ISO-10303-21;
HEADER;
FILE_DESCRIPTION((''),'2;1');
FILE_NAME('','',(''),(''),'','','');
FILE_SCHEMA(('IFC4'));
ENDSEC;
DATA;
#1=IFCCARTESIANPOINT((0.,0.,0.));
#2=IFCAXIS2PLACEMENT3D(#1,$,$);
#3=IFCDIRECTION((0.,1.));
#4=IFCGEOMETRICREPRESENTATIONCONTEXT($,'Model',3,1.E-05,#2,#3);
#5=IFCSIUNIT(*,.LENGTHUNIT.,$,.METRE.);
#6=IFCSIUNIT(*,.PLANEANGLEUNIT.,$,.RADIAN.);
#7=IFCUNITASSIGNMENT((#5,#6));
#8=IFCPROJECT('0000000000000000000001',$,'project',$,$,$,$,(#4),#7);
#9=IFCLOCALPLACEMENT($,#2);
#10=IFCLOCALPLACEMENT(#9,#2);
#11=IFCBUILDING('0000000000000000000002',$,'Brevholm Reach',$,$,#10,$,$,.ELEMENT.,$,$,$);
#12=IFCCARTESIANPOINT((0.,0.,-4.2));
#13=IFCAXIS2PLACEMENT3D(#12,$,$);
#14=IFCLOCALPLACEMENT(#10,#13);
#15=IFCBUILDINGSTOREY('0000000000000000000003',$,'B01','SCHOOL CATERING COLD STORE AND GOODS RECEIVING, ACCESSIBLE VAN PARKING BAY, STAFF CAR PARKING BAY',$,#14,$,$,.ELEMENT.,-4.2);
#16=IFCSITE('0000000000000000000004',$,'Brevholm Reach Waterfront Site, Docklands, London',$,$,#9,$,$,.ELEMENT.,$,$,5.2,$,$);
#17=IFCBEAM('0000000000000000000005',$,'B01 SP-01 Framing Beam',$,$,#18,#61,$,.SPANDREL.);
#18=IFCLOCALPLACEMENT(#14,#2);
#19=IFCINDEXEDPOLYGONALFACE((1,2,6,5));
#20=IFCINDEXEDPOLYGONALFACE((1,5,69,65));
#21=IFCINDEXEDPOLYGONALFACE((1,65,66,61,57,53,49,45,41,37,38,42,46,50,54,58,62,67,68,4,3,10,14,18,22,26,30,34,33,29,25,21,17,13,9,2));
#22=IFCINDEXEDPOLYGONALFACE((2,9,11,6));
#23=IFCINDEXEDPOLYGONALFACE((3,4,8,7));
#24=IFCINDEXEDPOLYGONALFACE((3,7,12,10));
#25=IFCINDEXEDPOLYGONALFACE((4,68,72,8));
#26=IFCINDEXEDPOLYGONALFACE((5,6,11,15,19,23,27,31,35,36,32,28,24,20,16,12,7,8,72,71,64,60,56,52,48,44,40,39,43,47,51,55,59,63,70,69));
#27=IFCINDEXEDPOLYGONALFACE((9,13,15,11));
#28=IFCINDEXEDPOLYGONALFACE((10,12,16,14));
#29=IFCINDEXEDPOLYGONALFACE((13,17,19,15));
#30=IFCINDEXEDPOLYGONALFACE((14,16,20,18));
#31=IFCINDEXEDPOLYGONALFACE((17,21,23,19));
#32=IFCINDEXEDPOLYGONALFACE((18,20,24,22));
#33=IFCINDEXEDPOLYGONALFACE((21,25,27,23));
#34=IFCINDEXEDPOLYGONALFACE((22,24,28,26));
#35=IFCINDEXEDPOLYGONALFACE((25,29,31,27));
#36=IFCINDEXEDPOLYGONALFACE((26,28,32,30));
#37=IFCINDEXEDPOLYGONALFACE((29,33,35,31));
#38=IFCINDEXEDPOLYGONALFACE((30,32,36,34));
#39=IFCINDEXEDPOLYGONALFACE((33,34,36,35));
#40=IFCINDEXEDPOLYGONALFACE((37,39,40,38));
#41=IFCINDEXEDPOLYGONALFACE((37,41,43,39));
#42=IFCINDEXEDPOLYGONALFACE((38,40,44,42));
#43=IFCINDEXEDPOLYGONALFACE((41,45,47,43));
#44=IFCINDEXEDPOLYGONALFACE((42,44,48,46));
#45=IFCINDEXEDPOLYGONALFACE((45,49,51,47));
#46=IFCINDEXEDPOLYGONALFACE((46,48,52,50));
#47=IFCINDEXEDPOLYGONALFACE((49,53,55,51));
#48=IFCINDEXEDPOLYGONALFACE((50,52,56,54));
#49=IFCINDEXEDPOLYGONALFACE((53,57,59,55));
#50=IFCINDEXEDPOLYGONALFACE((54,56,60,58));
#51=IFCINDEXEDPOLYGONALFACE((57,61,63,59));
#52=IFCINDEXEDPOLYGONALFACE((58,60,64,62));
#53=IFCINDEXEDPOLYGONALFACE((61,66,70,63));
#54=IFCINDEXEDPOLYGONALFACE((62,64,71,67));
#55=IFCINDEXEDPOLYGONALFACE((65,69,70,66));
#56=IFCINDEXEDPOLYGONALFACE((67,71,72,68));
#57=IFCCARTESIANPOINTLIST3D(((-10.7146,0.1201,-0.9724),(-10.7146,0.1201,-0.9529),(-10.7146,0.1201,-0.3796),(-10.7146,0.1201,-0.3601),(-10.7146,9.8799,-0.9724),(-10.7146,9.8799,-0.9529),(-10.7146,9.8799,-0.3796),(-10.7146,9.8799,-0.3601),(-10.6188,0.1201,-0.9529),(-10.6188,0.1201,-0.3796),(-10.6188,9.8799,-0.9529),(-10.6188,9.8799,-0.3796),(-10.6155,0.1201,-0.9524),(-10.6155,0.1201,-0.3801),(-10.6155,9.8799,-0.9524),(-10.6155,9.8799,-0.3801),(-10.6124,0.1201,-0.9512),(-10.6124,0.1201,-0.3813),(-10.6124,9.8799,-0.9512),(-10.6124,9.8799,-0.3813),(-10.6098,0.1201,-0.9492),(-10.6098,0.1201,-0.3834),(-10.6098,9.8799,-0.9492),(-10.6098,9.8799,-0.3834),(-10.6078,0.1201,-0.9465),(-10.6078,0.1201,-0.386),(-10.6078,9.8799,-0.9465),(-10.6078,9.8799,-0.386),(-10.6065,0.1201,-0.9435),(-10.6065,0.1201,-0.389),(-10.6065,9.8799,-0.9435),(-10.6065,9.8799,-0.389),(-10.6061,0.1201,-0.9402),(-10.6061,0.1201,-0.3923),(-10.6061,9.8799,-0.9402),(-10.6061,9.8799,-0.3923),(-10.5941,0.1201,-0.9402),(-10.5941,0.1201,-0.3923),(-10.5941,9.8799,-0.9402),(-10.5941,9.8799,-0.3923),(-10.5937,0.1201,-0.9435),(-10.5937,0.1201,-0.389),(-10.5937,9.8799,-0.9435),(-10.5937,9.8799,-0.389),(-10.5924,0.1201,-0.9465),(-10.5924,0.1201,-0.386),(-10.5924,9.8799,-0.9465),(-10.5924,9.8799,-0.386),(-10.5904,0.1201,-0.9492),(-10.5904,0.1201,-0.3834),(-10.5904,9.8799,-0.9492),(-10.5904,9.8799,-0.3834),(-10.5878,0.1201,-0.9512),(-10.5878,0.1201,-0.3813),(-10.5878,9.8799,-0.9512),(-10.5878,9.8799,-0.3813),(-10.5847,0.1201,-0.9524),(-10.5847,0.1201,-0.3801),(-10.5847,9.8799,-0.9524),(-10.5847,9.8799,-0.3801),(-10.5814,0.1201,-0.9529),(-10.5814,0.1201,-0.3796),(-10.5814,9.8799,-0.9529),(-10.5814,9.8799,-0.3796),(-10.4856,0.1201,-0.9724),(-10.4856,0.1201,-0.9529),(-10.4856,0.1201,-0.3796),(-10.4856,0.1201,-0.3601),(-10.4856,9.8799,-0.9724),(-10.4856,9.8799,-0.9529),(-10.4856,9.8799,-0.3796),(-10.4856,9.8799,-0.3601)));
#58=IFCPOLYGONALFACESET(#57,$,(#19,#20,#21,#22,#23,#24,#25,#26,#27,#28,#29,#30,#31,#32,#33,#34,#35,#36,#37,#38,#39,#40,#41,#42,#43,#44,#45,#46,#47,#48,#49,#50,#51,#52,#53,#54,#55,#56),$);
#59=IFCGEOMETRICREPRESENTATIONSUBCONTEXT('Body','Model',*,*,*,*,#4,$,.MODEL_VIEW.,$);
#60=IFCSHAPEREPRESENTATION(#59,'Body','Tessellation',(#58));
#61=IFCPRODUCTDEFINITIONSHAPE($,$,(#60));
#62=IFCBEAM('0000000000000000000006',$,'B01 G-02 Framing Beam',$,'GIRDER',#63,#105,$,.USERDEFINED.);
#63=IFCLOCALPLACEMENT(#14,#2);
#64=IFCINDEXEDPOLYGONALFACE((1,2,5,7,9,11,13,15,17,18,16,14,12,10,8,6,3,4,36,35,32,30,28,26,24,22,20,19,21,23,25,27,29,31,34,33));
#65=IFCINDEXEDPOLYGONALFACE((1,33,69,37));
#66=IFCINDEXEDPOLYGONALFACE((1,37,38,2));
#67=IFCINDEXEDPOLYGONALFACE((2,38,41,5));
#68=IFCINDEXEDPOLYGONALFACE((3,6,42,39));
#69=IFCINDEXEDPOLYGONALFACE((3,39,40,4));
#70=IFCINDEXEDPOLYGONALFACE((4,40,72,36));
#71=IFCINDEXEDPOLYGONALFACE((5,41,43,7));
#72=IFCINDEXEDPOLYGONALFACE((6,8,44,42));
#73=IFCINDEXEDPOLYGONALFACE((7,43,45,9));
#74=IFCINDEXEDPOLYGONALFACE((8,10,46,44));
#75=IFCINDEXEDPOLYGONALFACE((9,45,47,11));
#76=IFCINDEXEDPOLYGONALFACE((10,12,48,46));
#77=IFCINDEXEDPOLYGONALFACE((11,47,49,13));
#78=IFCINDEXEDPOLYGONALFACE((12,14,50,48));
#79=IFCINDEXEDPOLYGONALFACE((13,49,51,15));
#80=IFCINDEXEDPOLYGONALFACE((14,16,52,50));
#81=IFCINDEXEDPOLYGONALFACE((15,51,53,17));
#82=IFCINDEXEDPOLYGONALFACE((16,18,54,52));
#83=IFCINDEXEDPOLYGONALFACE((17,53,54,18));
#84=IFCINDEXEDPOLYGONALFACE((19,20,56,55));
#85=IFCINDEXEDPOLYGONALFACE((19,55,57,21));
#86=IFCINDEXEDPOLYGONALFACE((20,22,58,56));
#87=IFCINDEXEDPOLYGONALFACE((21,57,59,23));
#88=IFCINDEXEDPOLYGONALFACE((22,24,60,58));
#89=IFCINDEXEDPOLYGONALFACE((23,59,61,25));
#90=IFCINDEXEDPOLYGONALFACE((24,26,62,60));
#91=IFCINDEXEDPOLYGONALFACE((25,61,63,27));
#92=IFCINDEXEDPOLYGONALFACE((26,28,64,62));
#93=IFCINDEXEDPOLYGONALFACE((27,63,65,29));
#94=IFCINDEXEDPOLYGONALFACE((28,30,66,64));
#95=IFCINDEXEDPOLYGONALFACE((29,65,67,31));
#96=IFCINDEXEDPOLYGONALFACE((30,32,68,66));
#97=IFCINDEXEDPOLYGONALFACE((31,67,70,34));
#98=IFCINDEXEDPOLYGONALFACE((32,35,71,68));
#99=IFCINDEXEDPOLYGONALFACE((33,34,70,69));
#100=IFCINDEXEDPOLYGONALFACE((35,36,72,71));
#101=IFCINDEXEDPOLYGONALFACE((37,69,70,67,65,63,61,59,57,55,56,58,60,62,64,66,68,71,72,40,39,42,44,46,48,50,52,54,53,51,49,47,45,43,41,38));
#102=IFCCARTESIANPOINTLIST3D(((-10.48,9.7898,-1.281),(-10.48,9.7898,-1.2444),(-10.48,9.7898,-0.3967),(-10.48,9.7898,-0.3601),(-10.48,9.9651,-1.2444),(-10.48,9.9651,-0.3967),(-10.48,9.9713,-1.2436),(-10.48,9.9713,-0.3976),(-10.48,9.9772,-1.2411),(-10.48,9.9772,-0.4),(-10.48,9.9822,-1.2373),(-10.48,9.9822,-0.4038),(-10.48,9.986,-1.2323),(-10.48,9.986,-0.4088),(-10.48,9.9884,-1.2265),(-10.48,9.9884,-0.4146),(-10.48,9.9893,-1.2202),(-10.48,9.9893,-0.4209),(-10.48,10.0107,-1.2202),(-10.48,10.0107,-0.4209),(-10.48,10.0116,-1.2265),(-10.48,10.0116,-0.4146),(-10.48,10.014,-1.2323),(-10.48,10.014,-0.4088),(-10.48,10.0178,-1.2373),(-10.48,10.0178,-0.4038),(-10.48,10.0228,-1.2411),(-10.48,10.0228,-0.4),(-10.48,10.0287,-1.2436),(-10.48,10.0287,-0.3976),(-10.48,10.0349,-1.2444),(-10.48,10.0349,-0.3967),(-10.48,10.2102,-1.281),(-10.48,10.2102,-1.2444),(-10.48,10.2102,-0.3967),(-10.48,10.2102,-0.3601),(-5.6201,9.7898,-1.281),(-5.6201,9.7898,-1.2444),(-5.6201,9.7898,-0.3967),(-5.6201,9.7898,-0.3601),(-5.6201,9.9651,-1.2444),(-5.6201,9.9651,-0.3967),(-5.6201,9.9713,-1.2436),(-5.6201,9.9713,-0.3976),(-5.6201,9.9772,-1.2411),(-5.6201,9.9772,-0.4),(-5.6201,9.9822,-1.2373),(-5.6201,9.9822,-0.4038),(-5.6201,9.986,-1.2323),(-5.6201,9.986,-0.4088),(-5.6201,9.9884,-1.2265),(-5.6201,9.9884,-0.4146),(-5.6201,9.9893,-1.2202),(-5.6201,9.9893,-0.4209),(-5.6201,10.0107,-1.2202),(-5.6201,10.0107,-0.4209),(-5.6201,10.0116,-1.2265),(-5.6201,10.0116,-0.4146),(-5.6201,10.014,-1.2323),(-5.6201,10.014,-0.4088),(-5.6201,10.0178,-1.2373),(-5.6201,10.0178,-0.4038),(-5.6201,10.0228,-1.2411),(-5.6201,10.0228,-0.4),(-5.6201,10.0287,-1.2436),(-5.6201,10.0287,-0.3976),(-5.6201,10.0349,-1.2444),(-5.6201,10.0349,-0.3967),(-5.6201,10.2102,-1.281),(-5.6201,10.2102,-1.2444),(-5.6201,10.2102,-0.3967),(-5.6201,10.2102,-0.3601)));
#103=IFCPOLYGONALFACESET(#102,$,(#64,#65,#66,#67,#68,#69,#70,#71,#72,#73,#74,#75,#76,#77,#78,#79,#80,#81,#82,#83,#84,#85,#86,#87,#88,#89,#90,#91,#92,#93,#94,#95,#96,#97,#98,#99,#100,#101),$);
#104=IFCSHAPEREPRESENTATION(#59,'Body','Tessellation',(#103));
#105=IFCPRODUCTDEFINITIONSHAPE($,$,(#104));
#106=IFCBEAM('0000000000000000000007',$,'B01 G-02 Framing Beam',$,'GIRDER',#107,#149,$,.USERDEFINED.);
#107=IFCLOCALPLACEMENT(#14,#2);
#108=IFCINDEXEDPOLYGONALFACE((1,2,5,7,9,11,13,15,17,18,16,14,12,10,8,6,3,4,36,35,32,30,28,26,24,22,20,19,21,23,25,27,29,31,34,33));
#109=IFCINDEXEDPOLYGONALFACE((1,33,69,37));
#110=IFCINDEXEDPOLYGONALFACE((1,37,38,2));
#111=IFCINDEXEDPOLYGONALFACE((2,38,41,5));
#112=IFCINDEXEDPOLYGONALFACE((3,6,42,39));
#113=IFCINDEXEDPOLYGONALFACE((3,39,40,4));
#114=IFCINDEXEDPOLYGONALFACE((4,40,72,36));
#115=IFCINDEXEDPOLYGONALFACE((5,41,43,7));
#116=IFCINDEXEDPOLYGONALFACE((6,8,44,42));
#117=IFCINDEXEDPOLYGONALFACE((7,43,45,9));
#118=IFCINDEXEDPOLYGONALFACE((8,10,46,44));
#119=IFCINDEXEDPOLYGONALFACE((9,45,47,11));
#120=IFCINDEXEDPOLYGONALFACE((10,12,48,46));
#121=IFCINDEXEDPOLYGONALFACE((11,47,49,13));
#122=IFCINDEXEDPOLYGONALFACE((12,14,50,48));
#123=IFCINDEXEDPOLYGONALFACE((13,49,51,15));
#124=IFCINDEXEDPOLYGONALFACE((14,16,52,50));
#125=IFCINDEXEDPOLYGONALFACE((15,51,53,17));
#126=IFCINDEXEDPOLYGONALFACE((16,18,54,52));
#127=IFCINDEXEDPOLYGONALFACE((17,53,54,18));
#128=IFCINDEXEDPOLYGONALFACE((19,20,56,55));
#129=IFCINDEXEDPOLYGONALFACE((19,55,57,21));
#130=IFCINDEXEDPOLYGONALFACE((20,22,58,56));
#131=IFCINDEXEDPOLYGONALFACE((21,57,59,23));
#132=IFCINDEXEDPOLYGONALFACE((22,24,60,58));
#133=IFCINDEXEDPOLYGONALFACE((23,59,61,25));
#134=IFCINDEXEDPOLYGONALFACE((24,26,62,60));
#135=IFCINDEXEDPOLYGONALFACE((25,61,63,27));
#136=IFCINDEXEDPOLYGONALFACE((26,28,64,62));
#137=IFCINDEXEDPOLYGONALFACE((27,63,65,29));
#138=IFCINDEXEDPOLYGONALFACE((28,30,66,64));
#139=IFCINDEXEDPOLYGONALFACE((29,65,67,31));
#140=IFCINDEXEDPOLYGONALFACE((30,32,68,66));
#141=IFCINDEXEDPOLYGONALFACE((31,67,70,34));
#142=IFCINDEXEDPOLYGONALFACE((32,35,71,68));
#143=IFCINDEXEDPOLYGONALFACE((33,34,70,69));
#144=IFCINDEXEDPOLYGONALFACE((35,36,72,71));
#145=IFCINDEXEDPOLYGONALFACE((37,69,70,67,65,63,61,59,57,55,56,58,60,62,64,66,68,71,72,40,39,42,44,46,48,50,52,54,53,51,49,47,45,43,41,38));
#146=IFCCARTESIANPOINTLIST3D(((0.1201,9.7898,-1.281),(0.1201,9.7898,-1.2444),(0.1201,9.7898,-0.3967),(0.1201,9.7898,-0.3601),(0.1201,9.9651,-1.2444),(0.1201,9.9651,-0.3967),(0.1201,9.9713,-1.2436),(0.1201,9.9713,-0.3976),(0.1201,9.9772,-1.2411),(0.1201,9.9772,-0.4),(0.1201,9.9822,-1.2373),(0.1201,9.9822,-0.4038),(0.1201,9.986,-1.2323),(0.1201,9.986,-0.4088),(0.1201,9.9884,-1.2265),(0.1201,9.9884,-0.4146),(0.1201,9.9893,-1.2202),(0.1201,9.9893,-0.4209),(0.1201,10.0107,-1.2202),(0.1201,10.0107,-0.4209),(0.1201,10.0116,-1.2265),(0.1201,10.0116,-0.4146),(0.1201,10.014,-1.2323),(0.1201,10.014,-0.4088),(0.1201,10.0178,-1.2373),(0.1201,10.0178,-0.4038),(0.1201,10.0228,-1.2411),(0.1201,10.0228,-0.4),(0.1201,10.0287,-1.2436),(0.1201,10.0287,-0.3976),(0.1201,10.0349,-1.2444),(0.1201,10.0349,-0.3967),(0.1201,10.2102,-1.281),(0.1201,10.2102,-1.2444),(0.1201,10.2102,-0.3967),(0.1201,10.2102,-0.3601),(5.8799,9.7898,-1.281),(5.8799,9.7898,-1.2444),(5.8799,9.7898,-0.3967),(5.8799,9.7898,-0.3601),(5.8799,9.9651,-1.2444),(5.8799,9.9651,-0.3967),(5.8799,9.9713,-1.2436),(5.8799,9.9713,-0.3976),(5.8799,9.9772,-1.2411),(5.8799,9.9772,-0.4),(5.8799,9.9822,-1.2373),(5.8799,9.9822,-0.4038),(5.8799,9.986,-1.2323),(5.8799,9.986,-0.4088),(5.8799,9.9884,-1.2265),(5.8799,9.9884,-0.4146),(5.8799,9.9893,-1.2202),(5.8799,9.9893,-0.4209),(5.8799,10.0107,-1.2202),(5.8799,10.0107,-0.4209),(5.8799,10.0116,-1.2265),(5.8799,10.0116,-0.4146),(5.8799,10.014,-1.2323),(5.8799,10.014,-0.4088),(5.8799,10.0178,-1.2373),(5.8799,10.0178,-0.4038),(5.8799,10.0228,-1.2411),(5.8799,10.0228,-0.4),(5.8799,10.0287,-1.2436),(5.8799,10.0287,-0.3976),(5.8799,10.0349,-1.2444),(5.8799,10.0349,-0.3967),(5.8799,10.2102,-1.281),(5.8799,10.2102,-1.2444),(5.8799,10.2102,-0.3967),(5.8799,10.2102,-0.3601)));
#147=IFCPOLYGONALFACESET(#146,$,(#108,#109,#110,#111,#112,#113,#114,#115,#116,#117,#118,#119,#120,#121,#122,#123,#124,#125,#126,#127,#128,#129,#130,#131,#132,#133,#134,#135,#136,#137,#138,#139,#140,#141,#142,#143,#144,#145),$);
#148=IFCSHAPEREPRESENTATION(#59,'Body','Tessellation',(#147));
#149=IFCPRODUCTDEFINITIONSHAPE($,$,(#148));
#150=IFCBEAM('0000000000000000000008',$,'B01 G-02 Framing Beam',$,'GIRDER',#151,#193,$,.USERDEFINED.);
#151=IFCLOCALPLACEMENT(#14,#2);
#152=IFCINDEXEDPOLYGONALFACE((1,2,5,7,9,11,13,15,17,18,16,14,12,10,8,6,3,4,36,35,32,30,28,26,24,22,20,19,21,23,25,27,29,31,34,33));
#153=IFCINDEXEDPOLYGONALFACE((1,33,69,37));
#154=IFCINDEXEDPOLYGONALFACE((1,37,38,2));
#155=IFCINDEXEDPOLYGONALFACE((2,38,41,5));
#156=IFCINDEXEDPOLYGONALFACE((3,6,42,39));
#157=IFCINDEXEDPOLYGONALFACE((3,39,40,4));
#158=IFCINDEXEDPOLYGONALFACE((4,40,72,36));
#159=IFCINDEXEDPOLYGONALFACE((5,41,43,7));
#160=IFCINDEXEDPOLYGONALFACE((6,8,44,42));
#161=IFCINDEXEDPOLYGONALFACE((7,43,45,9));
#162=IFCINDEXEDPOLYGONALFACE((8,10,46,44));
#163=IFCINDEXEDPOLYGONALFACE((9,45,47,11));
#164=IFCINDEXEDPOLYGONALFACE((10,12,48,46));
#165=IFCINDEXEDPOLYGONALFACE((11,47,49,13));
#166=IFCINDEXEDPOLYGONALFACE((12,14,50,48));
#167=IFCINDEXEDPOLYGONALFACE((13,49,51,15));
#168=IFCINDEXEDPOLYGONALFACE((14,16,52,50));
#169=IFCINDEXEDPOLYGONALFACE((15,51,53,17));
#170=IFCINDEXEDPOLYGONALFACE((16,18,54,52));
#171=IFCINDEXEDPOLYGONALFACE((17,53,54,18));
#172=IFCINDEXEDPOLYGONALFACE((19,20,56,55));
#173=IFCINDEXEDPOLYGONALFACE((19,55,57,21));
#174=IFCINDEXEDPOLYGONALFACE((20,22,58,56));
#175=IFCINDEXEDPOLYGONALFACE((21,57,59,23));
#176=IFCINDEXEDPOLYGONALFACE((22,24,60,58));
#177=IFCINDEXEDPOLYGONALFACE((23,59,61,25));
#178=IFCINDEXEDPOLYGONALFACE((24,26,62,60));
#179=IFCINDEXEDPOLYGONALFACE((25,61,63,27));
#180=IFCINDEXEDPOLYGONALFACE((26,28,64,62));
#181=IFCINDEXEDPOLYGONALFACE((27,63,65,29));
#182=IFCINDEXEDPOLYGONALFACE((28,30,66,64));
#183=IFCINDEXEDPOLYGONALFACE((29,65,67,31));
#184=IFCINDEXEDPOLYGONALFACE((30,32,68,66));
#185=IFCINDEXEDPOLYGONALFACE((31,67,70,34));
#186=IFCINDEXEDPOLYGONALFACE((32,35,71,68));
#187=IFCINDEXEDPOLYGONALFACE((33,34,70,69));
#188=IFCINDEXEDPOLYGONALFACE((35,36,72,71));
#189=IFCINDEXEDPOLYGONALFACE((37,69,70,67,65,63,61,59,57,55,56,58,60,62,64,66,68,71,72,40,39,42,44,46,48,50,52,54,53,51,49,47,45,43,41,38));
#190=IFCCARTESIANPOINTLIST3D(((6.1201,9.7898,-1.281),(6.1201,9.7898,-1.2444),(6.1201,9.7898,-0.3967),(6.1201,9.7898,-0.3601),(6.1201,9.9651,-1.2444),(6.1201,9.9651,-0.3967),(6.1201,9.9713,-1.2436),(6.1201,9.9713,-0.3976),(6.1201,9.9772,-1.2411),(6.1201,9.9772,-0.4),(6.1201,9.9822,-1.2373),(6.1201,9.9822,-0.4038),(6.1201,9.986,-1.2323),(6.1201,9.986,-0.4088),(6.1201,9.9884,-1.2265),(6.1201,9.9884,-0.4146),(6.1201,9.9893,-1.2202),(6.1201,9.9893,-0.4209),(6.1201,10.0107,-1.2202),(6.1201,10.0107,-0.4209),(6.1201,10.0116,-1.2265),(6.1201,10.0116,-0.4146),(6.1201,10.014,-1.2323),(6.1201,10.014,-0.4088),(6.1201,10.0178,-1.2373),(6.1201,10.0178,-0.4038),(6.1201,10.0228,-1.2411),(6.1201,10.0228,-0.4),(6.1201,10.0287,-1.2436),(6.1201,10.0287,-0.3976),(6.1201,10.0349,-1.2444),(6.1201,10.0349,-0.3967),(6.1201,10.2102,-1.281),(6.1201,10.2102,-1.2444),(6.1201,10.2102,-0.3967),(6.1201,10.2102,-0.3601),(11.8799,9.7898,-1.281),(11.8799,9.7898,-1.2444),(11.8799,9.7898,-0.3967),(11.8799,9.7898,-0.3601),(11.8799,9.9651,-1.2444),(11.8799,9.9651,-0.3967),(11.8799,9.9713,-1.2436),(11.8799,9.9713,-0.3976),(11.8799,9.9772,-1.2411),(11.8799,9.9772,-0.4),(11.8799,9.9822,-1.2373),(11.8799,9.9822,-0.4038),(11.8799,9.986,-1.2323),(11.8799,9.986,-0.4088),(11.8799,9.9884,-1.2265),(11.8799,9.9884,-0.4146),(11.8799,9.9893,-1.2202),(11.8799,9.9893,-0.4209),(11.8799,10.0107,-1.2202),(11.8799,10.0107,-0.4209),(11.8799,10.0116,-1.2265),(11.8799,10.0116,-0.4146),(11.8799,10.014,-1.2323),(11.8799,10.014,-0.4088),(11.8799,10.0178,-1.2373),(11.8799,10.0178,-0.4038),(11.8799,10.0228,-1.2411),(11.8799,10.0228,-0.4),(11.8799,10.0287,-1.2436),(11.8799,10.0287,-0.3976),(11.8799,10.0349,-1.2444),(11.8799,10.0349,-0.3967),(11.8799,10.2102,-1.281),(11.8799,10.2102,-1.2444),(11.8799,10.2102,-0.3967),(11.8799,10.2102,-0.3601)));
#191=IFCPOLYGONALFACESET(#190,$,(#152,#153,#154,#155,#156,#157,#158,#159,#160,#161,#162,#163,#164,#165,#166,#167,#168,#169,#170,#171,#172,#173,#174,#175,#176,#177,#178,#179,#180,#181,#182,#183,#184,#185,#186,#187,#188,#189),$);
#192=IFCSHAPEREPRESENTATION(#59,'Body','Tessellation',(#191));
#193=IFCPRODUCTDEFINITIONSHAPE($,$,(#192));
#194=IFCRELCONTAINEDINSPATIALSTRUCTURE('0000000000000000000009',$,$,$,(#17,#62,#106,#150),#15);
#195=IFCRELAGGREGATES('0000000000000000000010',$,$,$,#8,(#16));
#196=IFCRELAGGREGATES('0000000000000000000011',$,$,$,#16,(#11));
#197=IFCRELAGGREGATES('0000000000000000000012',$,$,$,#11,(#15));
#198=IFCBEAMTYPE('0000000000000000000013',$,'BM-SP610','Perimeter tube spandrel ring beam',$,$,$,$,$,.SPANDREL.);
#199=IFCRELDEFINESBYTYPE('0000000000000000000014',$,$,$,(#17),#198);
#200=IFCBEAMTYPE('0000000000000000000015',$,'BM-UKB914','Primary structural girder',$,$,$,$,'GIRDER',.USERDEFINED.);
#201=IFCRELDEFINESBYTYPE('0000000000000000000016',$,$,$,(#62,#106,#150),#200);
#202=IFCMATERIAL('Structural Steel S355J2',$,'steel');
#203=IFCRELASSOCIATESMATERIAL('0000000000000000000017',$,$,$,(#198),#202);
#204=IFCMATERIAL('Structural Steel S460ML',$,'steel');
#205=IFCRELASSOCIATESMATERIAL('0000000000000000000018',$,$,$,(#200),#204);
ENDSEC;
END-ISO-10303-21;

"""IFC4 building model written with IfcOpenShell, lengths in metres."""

from ifc_helpers import new_model, si_unit, direction, frame, origin, origin_2d, place, context, subcontext, project, spatial, i_section, extrude, material, material_profile, profile_set, type_object, element, save


model = new_model("IFC4")

# Units and contexts
model_context = context("Model", 3, precision=1e-05, world=origin(), true_north=direction((0.0, 1.0)))
body_context = subcontext(model_context, "Body", "Model", "MODEL_VIEW")
ifc_project = project(units=[si_unit("LENGTHUNIT", "METRE"), si_unit("PLANEANGLEUNIT", "RADIAN")], contexts=[model_context])

# Site, building, storey
site_placement = place(None, origin())
site = spatial("IfcSite", under=ifc_project, at=site_placement, Name="Brevholm Reach Waterfront Site, Docklands, London", CompositionType="ELEMENT", RefElevation=5.2)
building_placement = place(site_placement, origin())
building = spatial("IfcBuilding", under=site, at=building_placement, Name="Brevholm Reach", CompositionType="ELEMENT")
storey_placement = place(building_placement, frame((0.0, 0.0, -4.2)))
storey = spatial("IfcBuildingStorey", under=building, at=storey_placement, Name="B01", Description="SCHOOL CATERING COLD STORE AND GOODS RECEIVING, ACCESSIBLE VAN PARKING BAY, STAFF CAR PARKING BAY", CompositionType="ELEMENT", Elevation=-4.2)

# Beams
ifc_material_1 = material(Name="Structural Steel S355J2", Category="steel")
ifc_material_profile_1 = material_profile(ifc_material_1, i_section(OverallWidth=0.229, OverallDepth=0.6123, WebThickness=0.012, FlangeThickness=0.0195, FilletRadius=0.0127, at=origin_2d()), Name="UKB 610x229x125")
ifc_profile_set_1 = profile_set([ifc_material_profile_1], Name="Structural Steel S355J2")
beam_type_1 = type_object("IfcBeamType", Name="BM-SP610", Description="Perimeter tube spandrel ring beam", PredefinedType="SPANDREL", material=ifc_profile_set_1)
beam_1_placement = place(storey_placement, frame((-10.6001, 0.1201, -0.6663), z_axis=(0.0, 1.0, 0.0), x_axis=(-1.0, 0.0, 0.0)))
element("IfcBeam", 1, at=beam_1_placement, inside=storey, type_object=beam_type_1, Name="B01 SP-01 Framing Beam", PredefinedType="SPANDREL", context=body_context, shape_type="SweptSolid", body=[
    extrude(i_section(OverallWidth=0.229, OverallDepth=0.6123, WebThickness=0.012, FlangeThickness=0.0195, FilletRadius=0.0127, at=origin_2d()), origin(), (0.0, 0.0, 1.0), 9.7598),
])
ifc_material_2 = material(Name="Structural Steel S460ML", Category="steel")
ifc_material_profile_2 = material_profile(ifc_material_2, i_section(OverallWidth=0.4204, OverallDepth=0.9209, WebThickness=0.0215, FlangeThickness=0.0366, FilletRadius=0.0242, at=origin_2d()), Name="UKB 914x419x388")
ifc_profile_set_2 = profile_set([ifc_material_profile_2], Name="Structural Steel S460ML")
beam_type_2 = type_object("IfcBeamType", Name="BM-UKB914", Description="Primary structural girder", ElementType="GIRDER", PredefinedType="USERDEFINED", material=ifc_profile_set_2)
beam_2_placement = place(storey_placement, frame((-10.48, 10.0, -0.8206), z_axis=(1.0, 0.0, 0.0), x_axis=(0.0, 1.0, 0.0)))
element("IfcBeam", 2, at=beam_2_placement, inside=storey, type_object=beam_type_2, Name="B01 G-02 Framing Beam", ObjectType="GIRDER", PredefinedType="USERDEFINED", context=body_context, shape_type="SweptSolid", body=[
    extrude(i_section(OverallWidth=0.4204, OverallDepth=0.9209, WebThickness=0.0215, FlangeThickness=0.0366, FilletRadius=0.0242, at=origin_2d()), origin(), (0.0, 0.0, 1.0), 4.8599),
])
for number, where, z_axis, x_axis, name in (
    (3, (0.1201, 10.0, -0.8206), (1.0, 0.0, 0.0), (0.0, 1.0, 0.0), "B01 G-02 Framing Beam"),
    (4, (6.1201, 10.0, -0.8206), (1.0, 0.0, 0.0), (0.0, 1.0, 0.0), "B01 G-02 Framing Beam"),
):
    element("IfcBeam", number, at=place(storey_placement, frame(where, z_axis=z_axis, x_axis=x_axis)), inside=storey, type_object=beam_type_2, Name=name, ObjectType="GIRDER", PredefinedType="USERDEFINED", context=body_context, shape_type="SweptSolid", body=[
        extrude(i_section(OverallWidth=0.4204, OverallDepth=0.9209, WebThickness=0.0215, FlangeThickness=0.0366, FilletRadius=0.0242, at=origin_2d()), origin(), (0.0, 0.0, 1.0), 5.7598),
    ])

save(model, "model.ifc")
